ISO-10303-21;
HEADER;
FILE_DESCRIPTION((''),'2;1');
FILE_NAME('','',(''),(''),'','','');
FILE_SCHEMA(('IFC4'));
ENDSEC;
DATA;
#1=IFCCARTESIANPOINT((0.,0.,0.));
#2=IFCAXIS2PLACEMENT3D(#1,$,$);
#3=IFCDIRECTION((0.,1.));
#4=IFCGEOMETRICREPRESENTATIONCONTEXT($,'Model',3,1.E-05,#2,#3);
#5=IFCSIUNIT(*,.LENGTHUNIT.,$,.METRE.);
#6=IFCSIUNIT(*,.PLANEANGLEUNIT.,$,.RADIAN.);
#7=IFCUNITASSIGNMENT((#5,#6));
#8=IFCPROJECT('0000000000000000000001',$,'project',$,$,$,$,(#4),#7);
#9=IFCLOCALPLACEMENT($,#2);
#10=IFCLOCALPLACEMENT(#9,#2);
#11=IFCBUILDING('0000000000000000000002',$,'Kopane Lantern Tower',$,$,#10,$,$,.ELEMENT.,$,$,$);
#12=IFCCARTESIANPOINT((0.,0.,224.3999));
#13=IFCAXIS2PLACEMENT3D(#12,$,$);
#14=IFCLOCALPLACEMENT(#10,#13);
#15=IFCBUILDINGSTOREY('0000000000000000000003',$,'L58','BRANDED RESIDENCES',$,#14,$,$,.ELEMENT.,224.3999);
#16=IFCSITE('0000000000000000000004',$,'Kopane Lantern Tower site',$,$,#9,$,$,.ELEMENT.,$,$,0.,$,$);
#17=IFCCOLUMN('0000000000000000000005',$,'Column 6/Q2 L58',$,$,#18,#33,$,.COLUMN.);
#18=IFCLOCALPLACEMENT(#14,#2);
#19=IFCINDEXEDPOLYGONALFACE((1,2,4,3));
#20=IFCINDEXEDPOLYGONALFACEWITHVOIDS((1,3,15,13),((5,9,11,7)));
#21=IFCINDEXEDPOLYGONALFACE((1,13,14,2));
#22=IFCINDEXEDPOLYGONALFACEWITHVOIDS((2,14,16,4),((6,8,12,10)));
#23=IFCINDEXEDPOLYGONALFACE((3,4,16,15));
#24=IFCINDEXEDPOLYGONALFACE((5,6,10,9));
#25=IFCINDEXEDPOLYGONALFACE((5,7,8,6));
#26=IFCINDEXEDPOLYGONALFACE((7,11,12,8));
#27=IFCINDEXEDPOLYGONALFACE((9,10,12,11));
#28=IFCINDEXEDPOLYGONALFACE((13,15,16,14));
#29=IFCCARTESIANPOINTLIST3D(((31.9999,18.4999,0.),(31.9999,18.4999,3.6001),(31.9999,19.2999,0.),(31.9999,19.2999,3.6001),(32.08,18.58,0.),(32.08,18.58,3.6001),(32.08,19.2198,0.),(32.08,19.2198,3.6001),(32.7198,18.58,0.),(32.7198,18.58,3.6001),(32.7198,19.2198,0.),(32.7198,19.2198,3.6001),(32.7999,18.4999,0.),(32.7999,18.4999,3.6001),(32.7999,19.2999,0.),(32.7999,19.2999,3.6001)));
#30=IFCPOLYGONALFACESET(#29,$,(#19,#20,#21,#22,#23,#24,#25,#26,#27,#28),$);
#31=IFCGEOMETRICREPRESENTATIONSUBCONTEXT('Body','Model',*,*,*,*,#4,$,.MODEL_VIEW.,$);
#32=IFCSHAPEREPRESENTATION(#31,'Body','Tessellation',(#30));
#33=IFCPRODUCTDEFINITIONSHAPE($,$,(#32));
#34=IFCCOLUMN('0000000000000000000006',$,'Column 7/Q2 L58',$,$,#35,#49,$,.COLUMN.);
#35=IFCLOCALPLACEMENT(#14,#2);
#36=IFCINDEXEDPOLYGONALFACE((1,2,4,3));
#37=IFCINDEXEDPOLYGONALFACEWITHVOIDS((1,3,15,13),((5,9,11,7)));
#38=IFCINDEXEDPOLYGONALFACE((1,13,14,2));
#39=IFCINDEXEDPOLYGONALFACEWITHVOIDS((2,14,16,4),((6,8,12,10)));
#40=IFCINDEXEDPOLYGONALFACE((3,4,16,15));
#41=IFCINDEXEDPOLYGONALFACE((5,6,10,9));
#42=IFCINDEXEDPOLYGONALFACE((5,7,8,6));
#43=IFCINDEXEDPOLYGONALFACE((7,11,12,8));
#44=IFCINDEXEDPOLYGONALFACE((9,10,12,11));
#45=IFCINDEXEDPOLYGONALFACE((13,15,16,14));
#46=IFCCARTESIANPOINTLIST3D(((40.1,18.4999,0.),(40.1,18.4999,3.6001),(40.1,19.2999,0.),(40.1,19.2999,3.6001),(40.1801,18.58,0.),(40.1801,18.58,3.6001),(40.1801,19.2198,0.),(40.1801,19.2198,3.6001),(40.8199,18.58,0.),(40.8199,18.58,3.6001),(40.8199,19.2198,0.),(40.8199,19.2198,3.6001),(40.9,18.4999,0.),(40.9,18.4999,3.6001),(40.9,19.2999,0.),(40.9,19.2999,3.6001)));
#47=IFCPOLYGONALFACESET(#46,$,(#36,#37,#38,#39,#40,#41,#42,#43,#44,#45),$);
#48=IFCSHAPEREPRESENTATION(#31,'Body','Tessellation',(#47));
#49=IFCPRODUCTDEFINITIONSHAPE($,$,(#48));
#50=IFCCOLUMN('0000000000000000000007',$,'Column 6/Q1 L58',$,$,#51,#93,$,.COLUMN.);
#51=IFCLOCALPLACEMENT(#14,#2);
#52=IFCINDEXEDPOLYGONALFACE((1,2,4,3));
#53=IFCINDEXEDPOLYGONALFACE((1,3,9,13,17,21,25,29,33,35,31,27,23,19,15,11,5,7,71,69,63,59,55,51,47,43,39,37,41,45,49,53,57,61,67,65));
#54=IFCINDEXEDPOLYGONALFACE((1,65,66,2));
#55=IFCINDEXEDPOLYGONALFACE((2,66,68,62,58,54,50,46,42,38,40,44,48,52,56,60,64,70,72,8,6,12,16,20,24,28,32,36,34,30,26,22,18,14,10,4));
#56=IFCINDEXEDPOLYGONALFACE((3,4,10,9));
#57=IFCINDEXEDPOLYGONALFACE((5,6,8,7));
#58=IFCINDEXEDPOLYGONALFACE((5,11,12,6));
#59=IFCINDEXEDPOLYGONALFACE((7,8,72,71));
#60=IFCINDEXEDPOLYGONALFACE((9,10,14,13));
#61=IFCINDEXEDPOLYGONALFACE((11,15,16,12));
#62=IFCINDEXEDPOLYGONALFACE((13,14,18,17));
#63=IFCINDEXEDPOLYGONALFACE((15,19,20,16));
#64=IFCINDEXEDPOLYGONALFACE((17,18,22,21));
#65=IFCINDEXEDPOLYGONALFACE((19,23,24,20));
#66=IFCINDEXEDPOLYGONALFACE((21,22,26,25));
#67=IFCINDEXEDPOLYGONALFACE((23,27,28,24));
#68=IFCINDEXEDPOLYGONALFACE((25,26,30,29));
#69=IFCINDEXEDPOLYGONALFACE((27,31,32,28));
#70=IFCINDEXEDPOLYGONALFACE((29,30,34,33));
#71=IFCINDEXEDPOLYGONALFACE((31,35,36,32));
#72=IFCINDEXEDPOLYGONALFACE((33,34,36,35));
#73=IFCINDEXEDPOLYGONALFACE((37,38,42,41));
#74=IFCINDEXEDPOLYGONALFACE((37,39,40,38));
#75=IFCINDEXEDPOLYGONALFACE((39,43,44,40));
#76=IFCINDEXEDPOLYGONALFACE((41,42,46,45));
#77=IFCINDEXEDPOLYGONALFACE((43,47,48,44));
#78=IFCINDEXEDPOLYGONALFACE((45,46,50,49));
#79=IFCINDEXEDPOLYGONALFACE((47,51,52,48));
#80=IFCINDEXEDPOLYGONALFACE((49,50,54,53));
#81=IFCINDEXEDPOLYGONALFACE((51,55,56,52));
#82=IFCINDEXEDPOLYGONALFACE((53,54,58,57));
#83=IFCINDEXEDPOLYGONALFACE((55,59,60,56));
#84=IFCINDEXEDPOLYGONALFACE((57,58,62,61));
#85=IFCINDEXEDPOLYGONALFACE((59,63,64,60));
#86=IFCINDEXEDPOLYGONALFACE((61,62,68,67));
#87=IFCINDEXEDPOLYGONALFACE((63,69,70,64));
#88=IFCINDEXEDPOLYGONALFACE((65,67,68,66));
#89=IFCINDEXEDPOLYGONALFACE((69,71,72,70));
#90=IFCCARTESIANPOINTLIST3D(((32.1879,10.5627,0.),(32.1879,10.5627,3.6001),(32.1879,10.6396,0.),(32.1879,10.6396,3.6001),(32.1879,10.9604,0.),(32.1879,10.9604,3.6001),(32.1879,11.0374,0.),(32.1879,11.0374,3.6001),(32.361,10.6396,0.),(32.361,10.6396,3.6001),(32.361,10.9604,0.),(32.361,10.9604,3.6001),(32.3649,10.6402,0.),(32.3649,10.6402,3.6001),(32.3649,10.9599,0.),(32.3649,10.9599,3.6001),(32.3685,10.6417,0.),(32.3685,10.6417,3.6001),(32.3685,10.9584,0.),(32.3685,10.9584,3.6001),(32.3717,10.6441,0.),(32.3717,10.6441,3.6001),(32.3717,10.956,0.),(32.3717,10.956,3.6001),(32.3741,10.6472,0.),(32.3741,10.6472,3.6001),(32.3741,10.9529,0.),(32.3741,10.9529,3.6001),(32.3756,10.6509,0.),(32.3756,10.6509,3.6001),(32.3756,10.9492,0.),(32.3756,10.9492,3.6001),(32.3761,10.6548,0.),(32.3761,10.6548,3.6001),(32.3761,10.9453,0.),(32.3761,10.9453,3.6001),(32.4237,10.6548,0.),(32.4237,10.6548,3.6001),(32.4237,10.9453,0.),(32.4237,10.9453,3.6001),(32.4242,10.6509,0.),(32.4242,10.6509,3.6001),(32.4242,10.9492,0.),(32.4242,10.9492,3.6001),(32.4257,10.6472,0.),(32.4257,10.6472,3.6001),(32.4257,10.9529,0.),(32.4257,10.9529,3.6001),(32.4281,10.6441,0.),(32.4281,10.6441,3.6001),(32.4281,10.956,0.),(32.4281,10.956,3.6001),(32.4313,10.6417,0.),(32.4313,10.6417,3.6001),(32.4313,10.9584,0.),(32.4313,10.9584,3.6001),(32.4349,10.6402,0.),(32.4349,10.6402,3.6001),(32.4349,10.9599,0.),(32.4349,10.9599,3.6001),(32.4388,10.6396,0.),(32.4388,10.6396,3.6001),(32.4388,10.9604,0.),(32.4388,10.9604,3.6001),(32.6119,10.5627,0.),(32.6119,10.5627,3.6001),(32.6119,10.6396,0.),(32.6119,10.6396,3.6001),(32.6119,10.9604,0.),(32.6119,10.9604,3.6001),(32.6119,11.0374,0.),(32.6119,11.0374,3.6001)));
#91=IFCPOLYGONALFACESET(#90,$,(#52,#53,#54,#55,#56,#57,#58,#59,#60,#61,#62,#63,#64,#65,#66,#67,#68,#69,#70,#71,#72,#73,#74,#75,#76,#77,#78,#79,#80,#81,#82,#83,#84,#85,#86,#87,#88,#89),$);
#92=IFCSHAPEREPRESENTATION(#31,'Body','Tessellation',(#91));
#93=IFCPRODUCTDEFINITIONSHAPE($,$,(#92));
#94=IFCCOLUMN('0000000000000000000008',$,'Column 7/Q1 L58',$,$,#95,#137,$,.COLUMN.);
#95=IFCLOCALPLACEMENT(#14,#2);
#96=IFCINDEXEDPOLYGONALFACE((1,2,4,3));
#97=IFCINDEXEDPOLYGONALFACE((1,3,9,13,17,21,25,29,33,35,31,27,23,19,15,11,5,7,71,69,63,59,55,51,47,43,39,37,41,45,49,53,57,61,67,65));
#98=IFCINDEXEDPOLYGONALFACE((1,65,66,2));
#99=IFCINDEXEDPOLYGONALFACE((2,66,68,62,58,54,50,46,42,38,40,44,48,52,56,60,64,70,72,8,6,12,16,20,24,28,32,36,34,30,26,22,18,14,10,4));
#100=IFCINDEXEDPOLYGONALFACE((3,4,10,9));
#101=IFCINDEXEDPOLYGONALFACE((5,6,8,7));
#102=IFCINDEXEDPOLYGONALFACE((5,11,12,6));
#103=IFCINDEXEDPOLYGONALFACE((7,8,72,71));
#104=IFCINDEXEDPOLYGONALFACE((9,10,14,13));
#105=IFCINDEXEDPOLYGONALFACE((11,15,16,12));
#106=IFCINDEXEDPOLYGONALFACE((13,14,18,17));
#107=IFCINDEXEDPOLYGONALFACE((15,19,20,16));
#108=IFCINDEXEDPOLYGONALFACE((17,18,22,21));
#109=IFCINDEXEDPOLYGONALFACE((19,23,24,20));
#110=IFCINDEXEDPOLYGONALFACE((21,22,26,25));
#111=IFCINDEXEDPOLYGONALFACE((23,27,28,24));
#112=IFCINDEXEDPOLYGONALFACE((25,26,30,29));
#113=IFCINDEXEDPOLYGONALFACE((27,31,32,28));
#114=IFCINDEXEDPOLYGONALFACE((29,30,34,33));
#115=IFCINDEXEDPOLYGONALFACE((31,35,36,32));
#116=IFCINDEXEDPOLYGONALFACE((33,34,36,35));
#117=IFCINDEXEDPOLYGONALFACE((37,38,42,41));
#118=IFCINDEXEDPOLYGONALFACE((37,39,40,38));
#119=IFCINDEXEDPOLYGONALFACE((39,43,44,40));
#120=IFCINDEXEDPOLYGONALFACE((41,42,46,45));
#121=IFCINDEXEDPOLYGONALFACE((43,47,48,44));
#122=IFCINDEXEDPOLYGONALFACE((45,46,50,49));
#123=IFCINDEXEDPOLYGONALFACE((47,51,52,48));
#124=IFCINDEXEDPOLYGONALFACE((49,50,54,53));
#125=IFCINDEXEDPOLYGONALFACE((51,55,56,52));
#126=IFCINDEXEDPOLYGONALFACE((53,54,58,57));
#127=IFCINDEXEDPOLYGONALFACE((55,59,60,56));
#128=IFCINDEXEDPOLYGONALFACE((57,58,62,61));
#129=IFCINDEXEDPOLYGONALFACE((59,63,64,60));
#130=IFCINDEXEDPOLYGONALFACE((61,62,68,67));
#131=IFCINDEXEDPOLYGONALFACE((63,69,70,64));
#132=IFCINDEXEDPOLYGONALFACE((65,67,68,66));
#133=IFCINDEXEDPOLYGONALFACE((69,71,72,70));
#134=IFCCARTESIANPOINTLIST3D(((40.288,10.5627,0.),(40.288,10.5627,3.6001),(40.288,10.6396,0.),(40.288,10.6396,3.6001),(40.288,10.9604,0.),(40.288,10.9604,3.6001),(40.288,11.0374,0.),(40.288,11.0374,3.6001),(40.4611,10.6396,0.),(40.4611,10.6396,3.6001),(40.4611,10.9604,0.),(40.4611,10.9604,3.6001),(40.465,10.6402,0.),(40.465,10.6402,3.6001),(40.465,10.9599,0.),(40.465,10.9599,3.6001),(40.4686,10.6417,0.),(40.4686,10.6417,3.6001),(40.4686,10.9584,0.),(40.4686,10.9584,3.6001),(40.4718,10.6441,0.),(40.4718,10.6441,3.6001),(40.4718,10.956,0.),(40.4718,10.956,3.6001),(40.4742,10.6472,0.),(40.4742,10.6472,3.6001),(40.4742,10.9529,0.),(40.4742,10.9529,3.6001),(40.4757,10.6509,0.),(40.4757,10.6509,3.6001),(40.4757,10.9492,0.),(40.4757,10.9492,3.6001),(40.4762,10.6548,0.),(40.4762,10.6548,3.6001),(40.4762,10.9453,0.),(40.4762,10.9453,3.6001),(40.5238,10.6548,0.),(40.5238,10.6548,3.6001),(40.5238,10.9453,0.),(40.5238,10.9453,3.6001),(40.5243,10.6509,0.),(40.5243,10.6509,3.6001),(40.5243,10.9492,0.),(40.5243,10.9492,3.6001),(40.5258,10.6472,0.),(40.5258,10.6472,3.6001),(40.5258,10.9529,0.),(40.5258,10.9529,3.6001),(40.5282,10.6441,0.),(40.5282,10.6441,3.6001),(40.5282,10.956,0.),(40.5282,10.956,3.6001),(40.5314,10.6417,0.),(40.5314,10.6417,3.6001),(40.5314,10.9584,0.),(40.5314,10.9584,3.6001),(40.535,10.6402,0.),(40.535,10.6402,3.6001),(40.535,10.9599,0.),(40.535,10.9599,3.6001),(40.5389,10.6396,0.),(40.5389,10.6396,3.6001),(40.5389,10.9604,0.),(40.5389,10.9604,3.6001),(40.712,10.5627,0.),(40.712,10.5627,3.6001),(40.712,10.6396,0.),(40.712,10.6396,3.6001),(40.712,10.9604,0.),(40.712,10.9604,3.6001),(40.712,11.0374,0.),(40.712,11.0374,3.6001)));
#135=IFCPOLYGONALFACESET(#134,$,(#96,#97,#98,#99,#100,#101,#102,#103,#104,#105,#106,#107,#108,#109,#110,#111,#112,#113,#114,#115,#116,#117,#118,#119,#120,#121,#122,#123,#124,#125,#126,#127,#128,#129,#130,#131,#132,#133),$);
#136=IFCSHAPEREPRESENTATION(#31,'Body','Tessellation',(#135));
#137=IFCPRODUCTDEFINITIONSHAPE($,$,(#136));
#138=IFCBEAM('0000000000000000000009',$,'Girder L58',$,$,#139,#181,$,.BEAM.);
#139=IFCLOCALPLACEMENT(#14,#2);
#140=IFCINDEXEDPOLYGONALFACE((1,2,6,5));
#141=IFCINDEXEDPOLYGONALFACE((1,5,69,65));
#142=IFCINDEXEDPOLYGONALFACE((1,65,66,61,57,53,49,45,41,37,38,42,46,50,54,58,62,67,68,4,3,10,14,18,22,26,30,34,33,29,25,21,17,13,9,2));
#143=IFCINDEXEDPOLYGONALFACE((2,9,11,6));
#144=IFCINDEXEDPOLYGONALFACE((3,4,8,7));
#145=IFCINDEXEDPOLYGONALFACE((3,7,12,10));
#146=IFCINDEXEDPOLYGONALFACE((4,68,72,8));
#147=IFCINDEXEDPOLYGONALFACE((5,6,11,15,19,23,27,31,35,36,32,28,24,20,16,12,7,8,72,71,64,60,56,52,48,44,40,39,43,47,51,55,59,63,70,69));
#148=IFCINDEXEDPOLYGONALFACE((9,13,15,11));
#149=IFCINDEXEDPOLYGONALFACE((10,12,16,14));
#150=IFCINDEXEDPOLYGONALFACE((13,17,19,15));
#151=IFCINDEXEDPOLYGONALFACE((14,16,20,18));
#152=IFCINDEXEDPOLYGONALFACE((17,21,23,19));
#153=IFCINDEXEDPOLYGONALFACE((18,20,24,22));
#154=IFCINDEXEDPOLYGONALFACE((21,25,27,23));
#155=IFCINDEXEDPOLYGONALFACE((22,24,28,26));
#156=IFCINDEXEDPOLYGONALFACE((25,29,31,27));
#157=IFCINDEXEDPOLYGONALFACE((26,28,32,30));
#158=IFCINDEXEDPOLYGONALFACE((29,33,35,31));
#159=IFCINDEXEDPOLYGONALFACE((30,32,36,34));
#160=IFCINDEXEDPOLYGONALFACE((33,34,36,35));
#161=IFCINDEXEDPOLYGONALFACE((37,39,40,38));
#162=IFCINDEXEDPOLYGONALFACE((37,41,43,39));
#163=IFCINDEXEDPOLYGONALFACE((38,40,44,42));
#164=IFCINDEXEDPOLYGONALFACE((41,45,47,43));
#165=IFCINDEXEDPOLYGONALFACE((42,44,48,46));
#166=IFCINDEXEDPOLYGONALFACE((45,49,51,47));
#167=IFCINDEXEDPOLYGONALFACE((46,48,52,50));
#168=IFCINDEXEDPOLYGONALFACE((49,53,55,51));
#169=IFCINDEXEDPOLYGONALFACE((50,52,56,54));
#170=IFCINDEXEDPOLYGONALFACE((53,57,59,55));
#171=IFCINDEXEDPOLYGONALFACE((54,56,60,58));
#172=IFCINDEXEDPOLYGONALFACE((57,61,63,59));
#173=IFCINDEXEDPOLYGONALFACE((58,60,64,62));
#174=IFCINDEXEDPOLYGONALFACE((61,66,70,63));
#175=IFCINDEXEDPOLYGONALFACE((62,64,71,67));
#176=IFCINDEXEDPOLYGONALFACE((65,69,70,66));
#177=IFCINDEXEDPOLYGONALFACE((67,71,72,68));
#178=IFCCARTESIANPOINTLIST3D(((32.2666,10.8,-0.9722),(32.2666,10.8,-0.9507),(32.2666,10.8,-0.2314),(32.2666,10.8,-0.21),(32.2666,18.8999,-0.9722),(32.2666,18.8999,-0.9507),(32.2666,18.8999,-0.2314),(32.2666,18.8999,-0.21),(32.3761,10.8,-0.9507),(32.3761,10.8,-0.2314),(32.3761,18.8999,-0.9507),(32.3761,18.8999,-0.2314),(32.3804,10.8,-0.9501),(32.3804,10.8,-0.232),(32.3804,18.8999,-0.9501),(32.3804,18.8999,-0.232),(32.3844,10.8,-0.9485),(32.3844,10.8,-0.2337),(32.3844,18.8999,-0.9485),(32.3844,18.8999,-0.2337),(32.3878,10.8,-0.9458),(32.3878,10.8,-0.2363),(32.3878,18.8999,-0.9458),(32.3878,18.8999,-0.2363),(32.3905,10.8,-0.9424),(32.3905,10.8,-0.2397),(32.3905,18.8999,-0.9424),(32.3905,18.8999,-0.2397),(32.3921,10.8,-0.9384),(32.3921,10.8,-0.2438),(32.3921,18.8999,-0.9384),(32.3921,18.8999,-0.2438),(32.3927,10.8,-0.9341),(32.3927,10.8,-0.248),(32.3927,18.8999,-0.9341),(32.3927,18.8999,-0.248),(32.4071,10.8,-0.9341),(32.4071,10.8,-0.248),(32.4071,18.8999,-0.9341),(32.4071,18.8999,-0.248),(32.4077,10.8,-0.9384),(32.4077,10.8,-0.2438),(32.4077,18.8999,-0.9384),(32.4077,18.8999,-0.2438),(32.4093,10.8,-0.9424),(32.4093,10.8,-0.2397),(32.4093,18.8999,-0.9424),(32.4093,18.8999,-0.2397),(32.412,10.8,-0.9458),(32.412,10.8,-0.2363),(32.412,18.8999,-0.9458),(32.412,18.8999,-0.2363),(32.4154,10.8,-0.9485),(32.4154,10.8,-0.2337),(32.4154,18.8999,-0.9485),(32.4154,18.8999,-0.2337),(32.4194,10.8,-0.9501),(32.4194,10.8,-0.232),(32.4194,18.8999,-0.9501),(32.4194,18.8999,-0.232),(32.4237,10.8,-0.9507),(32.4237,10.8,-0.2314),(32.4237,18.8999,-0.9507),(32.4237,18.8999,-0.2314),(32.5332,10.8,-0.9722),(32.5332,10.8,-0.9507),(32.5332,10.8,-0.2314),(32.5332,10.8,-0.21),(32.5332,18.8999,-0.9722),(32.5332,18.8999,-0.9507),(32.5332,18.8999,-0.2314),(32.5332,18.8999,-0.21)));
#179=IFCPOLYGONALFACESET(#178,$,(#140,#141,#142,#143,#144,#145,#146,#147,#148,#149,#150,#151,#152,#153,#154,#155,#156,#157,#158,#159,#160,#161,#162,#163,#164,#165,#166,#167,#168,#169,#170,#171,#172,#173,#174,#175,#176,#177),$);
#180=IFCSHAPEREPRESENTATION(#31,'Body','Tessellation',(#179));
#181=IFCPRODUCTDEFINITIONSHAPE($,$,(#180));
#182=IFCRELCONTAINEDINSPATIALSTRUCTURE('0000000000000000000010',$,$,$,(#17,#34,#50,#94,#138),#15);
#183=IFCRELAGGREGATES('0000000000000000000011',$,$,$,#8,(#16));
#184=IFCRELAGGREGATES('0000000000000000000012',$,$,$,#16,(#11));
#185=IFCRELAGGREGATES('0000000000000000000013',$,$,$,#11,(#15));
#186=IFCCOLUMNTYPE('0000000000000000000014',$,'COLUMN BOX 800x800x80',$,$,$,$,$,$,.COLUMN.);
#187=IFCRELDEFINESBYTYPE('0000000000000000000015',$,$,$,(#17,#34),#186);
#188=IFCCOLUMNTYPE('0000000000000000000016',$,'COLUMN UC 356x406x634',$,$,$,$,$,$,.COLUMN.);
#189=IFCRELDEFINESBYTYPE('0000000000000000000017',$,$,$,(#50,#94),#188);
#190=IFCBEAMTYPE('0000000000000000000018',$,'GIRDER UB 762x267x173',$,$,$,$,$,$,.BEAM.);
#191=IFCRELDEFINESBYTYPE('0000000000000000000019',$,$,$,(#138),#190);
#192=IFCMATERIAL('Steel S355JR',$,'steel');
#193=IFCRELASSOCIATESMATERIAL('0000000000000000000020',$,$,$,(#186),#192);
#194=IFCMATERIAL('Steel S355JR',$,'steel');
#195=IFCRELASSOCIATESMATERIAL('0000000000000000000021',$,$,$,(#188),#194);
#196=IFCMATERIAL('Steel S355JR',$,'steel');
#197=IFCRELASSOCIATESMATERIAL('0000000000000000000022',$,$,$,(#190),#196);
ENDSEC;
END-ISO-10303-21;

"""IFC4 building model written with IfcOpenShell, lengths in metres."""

from ifc_helpers import new_model, si_unit, direction, frame, origin, origin_2d, place, context, subcontext, project, spatial, hollow_rectangle, i_section, extrude, material, material_profile, profile_set, type_object, element, save


model = new_model("IFC4")

# Units and contexts
model_context = context("Model", 3, precision=1e-05, world=origin(), true_north=direction((0.0, 1.0)))
body_context = subcontext(model_context, "Body", "Model", "MODEL_VIEW")
ifc_project = project(units=[si_unit("LENGTHUNIT", "METRE"), si_unit("PLANEANGLEUNIT", "RADIAN")], contexts=[model_context])

# Site, building, storey
site_placement = place(None, origin())
site = spatial("IfcSite", under=ifc_project, at=site_placement, Name="Kopane Lantern Tower site", CompositionType="ELEMENT", RefElevation=0.0)
building_placement = place(site_placement, origin())
building = spatial("IfcBuilding", under=site, at=building_placement, Name="Kopane Lantern Tower", CompositionType="ELEMENT")
storey_placement = place(building_placement, frame((0.0, 0.0, 224.3999)))
storey = spatial("IfcBuildingStorey", under=building, at=storey_placement, Name="L58", Description="BRANDED RESIDENCES", CompositionType="ELEMENT", Elevation=224.3999)

# Columns
ifc_material_1 = material(Name="Steel S355JR", Category="steel")
ifc_material_profile_1 = material_profile(ifc_material_1, hollow_rectangle(XDim=0.8, YDim=0.8, WallThickness=0.0801, at=origin_2d()), Name="BOX 800x800x80")
ifc_profile_set_1 = profile_set([ifc_material_profile_1], Name="Steel S355JR")
column_type_1 = type_object("IfcColumnType", Name="COLUMN BOX 800x800x80", PredefinedType="COLUMN", material=ifc_profile_set_1)
for number, where, z_axis, x_axis, name in (
    (1, (32.3999, 18.8999, 0.0), (0.0, 0.0, 1.0), (1.0, 0.0, 0.0), "Column 6/Q2 L58"),
    (2, (40.5, 18.8999, 0.0), (0.0, 0.0, 1.0), (1.0, 0.0, 0.0), "Column 7/Q2 L58"),
):
    element("IfcColumn", number, at=place(storey_placement, frame(where, z_axis=z_axis, x_axis=x_axis)), inside=storey, type_object=column_type_1, Name=name, PredefinedType="COLUMN", context=body_context, shape_type="SweptSolid", body=[
        extrude(hollow_rectangle(XDim=0.8, YDim=0.8, WallThickness=0.0801, at=origin_2d()), origin(), (0.0, 0.0, 1.0), 3.6001),
    ])
ifc_material_2 = material(Name="Steel S355JR", Category="steel")
ifc_material_profile_2 = material_profile(ifc_material_2, i_section(OverallWidth=0.4241, OverallDepth=0.4746, WebThickness=0.0476, FlangeThickness=0.0769, FilletRadius=0.0151, at=origin_2d()), Name="UC 356x406x634")
ifc_profile_set_2 = profile_set([ifc_material_profile_2], Name="Steel S355JR")
column_type_2 = type_object("IfcColumnType", Name="COLUMN UC 356x406x634", PredefinedType="COLUMN", material=ifc_profile_set_2)
for number, where, z_axis, x_axis, name in (
    (3, (32.3999, 10.8, 0.0), (0.0, 0.0, 1.0), (1.0, 0.0, 0.0), "Column 6/Q1 L58"),
    (4, (40.5, 10.8, 0.0), (0.0, 0.0, 1.0), (1.0, 0.0, 0.0), "Column 7/Q1 L58"),
):
    element("IfcColumn", number, at=place(storey_placement, frame(where, z_axis=z_axis, x_axis=x_axis)), inside=storey, type_object=column_type_2, Name=name, PredefinedType="COLUMN", context=body_context, shape_type="SweptSolid", body=[
        extrude(i_section(OverallWidth=0.4241, OverallDepth=0.4746, WebThickness=0.0476, FlangeThickness=0.0769, FilletRadius=0.0151, at=origin_2d()), origin(), (0.0, 0.0, 1.0), 3.6001),
    ])

# Beam
ifc_material_3 = material(Name="Steel S355JR", Category="steel")
ifc_material_profile_3 = material_profile(ifc_material_3, i_section(OverallWidth=0.2666, OverallDepth=0.7622, WebThickness=0.0144, FlangeThickness=0.0215, FilletRadius=0.0166, at=origin_2d()), Name="UB 762x267x173")
ifc_profile_set_3 = profile_set([ifc_material_profile_3], Name="Steel S355JR")
beam_type = type_object("IfcBeamType", Name="GIRDER UB 762x267x173", PredefinedType="BEAM", material=ifc_profile_set_3)
beam_1_placement = place(storey_placement, frame((32.3999, 10.8, -0.5911), z_axis=(0.0, 1.0, 0.0), x_axis=(-1.0, 0.0, 0.0)))
element("IfcBeam", 5, at=beam_1_placement, inside=storey, type_object=beam_type, Name="Girder L58", PredefinedType="BEAM", context=body_context, shape_type="SweptSolid", body=[
    extrude(i_section(OverallWidth=0.2666, OverallDepth=0.7622, WebThickness=0.0144, FlangeThickness=0.0215, FilletRadius=0.0166, at=origin_2d()), origin(), (0.0, 0.0, 1.0), 8.0999),
])

save(model, "model.ifc")
